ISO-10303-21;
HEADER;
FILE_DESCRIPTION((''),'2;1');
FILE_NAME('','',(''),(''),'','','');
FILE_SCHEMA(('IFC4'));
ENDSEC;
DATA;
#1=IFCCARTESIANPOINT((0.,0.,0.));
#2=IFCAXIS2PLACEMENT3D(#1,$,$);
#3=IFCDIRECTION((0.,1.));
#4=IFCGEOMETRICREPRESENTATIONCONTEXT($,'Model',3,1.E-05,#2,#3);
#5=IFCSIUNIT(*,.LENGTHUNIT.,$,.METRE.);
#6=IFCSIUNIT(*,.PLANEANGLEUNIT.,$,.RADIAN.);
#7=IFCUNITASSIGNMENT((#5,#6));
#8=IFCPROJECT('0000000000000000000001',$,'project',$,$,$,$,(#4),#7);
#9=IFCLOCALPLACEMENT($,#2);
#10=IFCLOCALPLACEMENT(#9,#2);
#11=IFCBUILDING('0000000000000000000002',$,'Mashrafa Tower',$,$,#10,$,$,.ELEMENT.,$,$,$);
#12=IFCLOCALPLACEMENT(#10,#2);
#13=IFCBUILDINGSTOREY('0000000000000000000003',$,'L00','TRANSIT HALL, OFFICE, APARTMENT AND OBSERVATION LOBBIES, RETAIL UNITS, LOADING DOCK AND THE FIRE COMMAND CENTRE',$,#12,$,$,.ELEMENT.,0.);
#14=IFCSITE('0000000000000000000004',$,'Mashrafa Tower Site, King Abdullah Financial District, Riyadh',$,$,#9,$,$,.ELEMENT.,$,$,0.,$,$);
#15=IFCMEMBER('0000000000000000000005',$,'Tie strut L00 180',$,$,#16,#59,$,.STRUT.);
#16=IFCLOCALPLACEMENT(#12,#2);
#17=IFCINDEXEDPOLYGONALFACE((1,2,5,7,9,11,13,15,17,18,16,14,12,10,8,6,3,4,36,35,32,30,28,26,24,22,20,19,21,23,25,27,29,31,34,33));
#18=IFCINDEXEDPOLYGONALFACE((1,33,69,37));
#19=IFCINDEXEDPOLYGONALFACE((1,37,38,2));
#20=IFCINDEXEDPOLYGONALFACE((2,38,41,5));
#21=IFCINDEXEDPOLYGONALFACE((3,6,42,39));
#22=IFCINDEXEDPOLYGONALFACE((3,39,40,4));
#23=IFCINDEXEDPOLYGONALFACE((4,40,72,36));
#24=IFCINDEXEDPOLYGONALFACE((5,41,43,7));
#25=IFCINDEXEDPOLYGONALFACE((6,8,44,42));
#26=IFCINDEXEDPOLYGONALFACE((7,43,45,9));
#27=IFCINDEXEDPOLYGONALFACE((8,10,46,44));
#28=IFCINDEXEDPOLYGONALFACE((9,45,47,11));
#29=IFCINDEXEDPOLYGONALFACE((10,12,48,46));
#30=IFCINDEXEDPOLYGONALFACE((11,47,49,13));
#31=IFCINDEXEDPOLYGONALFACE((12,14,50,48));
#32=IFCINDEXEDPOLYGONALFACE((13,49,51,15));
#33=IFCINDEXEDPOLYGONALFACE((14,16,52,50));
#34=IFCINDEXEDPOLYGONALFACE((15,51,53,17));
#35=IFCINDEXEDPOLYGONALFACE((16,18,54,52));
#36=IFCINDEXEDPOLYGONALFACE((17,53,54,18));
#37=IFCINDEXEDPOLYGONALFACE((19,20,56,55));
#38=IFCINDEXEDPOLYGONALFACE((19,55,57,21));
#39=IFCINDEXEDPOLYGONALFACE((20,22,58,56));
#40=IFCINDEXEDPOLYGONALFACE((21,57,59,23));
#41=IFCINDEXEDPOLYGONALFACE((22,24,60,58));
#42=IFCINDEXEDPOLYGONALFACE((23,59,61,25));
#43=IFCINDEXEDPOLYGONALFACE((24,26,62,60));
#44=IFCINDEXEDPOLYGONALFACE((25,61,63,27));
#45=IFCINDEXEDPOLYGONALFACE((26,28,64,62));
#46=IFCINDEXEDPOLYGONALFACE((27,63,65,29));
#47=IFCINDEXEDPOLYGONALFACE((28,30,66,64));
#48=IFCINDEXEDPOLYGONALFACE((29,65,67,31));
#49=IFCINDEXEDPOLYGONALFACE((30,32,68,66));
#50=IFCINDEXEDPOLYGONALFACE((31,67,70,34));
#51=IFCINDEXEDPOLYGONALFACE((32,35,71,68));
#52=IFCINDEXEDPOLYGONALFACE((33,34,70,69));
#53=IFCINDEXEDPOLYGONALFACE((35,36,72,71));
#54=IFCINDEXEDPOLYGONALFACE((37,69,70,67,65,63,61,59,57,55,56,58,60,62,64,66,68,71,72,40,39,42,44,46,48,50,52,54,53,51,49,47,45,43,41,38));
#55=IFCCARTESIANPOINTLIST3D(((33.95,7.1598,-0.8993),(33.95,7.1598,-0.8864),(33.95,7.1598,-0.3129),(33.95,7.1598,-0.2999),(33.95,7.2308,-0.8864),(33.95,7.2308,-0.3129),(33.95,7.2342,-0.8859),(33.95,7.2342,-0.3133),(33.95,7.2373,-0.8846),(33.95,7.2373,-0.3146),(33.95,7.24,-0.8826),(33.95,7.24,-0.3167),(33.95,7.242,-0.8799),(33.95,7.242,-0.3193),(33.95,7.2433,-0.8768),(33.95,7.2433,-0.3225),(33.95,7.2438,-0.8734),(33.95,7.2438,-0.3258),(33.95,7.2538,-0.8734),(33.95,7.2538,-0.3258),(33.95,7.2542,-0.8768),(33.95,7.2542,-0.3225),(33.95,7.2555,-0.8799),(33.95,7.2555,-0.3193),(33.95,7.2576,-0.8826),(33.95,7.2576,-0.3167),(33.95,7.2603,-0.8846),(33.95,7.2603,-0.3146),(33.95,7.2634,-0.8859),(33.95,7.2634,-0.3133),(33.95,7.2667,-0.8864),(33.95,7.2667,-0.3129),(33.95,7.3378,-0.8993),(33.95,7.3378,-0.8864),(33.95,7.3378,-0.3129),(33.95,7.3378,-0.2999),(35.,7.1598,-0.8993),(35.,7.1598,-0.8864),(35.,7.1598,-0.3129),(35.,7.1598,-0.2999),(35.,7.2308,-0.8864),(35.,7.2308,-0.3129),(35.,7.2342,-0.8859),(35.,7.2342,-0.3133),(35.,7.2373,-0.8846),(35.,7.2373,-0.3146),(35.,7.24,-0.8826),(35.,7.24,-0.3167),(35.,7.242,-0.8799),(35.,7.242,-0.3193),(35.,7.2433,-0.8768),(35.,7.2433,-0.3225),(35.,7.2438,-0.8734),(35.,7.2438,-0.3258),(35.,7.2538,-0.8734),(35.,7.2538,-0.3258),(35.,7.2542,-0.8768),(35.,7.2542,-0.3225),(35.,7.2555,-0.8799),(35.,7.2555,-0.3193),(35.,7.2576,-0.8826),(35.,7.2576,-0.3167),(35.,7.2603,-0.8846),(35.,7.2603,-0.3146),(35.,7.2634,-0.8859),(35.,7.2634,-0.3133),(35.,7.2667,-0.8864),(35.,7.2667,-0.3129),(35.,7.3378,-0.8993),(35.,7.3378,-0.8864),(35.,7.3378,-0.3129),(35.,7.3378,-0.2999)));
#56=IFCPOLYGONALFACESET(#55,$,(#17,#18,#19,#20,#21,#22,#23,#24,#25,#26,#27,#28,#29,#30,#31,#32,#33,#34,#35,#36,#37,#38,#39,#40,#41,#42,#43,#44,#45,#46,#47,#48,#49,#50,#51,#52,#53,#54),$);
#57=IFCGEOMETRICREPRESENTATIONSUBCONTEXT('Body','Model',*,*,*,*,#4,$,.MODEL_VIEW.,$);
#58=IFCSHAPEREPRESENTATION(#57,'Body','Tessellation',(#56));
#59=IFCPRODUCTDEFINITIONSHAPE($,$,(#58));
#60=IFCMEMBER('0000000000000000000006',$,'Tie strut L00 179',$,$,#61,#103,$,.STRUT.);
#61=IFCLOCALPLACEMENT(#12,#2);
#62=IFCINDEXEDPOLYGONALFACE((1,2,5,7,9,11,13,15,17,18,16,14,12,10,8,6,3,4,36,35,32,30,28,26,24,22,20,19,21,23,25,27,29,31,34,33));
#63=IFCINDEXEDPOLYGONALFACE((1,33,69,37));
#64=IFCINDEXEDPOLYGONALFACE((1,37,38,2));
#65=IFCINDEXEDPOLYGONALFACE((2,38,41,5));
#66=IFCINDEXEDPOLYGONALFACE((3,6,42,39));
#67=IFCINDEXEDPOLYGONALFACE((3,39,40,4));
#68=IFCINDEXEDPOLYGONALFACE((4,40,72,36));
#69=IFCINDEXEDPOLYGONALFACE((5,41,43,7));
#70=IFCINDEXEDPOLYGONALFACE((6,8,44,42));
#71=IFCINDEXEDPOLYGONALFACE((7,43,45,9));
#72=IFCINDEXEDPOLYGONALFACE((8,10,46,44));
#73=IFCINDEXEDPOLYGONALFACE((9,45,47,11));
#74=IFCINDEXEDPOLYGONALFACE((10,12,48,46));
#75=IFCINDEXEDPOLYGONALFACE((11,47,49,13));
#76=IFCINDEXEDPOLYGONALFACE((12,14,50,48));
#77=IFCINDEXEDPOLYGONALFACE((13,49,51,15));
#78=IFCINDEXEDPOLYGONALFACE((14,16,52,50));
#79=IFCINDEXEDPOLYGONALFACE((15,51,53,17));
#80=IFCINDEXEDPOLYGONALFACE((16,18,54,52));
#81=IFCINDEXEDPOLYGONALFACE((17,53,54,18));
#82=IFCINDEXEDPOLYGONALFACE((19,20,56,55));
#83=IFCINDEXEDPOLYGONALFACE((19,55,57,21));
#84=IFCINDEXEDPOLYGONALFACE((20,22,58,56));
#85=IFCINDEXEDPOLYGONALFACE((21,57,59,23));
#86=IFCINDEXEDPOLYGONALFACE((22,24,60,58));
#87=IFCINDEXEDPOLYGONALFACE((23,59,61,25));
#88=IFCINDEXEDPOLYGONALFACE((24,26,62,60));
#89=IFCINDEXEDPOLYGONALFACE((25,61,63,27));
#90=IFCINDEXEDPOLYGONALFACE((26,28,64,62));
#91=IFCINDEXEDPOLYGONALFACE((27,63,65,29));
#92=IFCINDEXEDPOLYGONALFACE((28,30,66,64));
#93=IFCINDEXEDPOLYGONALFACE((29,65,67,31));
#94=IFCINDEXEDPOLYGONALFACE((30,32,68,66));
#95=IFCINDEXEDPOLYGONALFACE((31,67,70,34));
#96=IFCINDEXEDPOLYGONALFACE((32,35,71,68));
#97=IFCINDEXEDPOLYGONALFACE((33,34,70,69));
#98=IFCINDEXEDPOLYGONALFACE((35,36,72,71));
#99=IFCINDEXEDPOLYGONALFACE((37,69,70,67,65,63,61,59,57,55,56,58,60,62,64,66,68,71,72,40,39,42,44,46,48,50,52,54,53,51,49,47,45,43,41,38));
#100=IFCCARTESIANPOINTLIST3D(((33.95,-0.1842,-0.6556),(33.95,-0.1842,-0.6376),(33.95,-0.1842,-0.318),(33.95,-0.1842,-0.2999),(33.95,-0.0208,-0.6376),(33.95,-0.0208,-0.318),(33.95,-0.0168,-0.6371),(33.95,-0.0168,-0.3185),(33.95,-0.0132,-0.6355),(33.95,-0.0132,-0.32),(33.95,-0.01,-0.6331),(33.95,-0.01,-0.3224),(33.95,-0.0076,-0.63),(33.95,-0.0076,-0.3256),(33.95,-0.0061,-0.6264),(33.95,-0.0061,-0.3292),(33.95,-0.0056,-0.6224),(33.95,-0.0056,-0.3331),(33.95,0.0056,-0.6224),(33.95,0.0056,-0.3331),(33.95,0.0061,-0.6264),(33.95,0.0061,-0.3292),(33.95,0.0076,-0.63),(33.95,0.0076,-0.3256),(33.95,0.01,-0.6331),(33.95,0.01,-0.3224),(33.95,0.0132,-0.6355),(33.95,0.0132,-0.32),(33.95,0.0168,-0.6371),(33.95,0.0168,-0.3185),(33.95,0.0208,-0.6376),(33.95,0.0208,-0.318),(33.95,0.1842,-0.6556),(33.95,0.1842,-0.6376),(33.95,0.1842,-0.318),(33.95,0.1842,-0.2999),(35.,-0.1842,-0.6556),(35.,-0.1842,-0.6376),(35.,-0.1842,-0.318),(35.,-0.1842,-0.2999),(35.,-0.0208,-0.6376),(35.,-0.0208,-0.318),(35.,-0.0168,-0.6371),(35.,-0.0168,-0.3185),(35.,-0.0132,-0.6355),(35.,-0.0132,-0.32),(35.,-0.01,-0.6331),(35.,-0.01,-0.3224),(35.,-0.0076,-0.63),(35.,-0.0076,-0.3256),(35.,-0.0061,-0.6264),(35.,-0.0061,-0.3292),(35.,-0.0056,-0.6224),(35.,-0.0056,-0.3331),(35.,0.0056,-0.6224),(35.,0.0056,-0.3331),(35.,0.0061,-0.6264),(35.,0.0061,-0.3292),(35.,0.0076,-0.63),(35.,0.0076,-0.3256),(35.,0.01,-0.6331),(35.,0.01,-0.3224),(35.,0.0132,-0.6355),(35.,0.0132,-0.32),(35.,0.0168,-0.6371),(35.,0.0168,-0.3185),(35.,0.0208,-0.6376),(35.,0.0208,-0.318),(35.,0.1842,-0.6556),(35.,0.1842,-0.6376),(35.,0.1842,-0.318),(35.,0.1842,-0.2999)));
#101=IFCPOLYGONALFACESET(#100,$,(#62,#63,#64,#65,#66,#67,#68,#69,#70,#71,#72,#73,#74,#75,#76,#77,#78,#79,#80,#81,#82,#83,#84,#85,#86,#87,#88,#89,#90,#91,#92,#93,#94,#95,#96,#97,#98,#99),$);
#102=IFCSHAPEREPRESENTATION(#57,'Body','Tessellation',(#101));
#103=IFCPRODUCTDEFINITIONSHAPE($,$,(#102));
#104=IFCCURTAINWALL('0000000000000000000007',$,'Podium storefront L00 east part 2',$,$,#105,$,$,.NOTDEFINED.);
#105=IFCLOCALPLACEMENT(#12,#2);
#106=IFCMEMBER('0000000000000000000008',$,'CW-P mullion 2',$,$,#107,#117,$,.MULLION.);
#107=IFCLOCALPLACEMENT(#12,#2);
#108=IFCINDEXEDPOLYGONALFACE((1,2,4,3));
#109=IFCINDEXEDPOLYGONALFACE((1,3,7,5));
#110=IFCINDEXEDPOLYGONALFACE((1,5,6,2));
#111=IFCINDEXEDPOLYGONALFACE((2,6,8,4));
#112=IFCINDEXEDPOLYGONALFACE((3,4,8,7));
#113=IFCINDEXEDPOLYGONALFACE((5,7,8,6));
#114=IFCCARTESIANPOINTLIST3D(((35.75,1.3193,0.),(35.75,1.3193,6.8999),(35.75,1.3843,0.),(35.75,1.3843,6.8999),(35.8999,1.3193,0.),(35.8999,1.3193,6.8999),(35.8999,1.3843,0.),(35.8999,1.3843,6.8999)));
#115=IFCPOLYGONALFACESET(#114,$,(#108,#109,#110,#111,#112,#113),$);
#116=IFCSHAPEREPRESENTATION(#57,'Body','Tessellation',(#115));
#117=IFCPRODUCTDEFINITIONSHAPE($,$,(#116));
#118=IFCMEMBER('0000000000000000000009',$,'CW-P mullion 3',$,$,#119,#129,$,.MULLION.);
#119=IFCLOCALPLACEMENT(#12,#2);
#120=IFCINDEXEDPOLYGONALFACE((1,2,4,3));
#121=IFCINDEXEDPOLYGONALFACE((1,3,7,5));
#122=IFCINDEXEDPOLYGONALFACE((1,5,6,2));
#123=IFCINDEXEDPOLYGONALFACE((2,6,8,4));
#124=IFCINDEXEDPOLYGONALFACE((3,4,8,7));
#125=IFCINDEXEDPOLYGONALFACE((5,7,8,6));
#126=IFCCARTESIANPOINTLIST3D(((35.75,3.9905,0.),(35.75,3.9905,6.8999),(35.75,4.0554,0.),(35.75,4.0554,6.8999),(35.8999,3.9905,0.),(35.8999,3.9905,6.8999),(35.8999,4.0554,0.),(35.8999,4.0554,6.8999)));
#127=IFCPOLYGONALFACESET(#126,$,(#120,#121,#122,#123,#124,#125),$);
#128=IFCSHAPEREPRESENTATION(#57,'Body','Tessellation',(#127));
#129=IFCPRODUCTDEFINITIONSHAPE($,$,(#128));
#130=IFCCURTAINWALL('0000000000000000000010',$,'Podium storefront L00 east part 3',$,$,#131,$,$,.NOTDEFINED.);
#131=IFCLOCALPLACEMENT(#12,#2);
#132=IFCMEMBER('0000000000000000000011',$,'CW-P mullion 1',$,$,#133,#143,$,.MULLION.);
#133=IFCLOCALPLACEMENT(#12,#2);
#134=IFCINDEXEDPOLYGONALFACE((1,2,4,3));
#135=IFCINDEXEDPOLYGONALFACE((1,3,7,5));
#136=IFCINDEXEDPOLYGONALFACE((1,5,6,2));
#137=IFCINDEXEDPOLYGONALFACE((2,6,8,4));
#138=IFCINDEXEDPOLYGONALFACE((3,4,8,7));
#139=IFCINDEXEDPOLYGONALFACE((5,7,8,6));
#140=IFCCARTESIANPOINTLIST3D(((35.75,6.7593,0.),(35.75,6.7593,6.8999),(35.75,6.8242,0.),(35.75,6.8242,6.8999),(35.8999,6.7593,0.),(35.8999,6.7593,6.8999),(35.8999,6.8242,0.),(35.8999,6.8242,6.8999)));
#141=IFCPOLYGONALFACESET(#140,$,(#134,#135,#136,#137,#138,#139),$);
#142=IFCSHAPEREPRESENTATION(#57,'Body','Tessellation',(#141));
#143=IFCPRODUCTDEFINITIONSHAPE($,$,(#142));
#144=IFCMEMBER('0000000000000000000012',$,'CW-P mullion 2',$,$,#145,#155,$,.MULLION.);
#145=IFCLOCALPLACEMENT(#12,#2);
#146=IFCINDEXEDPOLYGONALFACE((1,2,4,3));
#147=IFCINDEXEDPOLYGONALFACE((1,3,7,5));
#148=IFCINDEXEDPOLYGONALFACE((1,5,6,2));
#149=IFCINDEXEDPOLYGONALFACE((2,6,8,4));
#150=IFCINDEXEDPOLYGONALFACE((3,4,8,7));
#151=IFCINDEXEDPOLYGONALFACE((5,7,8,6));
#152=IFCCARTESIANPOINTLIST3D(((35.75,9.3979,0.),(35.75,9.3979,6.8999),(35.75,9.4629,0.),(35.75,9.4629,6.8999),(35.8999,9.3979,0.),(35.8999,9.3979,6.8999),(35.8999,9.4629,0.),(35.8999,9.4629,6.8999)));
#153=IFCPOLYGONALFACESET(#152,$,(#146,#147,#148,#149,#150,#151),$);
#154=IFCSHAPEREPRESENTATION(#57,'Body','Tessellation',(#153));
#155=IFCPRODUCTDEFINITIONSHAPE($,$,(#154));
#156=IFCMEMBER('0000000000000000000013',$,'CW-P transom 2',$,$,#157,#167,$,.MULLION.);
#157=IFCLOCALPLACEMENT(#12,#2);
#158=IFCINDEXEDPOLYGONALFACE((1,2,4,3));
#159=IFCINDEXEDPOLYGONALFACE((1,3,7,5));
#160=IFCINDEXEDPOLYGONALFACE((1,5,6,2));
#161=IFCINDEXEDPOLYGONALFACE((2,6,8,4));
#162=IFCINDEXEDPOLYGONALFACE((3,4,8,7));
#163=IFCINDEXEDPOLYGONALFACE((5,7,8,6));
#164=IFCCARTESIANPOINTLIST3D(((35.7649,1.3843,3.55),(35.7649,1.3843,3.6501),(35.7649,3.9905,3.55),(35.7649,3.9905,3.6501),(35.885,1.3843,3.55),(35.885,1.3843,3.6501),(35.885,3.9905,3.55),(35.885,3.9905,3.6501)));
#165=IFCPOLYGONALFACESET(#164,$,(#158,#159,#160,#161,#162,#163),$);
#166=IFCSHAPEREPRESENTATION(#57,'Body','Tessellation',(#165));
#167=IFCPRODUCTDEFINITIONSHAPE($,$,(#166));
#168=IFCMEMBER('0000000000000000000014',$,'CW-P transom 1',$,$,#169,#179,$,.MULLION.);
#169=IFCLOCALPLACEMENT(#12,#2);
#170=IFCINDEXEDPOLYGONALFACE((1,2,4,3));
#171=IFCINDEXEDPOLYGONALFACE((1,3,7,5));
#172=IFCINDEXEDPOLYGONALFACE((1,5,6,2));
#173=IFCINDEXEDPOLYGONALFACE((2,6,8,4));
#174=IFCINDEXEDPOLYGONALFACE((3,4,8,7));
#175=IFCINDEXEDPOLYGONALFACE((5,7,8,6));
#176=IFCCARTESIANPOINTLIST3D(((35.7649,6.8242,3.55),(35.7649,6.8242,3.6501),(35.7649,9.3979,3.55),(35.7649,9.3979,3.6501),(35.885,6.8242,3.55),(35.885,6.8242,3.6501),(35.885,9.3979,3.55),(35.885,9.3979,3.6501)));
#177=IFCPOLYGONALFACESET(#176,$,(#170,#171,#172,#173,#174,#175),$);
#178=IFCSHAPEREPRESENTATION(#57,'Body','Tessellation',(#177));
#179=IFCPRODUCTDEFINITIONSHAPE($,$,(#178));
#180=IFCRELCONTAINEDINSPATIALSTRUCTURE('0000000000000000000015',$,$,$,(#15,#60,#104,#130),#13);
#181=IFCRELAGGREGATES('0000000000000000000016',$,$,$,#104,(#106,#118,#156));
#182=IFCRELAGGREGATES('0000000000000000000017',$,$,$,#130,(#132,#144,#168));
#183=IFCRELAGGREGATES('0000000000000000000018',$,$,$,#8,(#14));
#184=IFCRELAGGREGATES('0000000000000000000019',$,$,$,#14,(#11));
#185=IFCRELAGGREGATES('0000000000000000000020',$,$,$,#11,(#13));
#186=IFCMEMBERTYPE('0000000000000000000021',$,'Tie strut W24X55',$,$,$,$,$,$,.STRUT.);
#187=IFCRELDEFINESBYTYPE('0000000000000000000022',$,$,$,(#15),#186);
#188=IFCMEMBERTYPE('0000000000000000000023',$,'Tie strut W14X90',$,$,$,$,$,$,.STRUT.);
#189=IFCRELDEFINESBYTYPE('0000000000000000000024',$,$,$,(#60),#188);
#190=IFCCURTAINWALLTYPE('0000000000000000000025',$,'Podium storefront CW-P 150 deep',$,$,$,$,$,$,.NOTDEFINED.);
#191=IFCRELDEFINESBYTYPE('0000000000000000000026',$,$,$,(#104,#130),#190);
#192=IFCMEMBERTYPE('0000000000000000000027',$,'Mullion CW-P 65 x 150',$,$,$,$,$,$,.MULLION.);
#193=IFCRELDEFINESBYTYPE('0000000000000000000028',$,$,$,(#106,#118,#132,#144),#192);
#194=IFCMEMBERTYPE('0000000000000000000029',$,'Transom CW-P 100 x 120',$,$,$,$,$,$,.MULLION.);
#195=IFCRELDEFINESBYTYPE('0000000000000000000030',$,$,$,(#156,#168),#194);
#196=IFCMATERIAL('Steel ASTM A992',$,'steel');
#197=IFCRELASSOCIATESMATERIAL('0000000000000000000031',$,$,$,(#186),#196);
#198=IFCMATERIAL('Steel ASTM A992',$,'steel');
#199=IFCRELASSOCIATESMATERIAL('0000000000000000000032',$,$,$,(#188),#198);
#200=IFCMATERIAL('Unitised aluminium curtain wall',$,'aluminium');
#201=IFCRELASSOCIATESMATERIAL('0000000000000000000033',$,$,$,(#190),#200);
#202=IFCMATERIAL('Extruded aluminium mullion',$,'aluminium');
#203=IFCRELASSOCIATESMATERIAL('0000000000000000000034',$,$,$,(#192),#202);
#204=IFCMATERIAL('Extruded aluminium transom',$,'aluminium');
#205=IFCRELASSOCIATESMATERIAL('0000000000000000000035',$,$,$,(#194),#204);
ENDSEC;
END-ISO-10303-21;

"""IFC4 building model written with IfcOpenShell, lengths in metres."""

from ifc_helpers import new_model, si_unit, direction, frame, origin, origin_2d, place, context, subcontext, project, spatial, rectangle, i_section, extrude, source, transform, mapped, material, material_profile, profile_set, type_object, type_shapes, element, aggregate, save


model = new_model("IFC4")

# Units and contexts
model_context = context("Model", 3, precision=1e-05, world=origin(), true_north=direction((0.0, 1.0)))
body_context = subcontext(model_context, "Body", "Model", "MODEL_VIEW")
ifc_project = project(units=[si_unit("LENGTHUNIT", "METRE"), si_unit("PLANEANGLEUNIT", "RADIAN")], contexts=[model_context])

# Site, building, storey
site_placement = place(None, origin())
site = spatial("IfcSite", under=ifc_project, at=site_placement, Name="Mashrafa Tower Site, King Abdullah Financial District, Riyadh", CompositionType="ELEMENT", RefElevation=0.0)
building_placement = place(site_placement, origin())
building = spatial("IfcBuilding", under=site, at=building_placement, Name="Mashrafa Tower", CompositionType="ELEMENT")
storey_placement = place(building_placement, origin())
storey = spatial("IfcBuildingStorey", under=building, at=storey_placement, Name="L00", Description="TRANSIT HALL, OFFICE, APARTMENT AND OBSERVATION LOBBIES, RETAIL UNITS, LOADING DOCK AND THE FIRE COMMAND CENTRE", CompositionType="ELEMENT", Elevation=0.0)

# Members
ifc_material_1 = material(Name="Steel ASTM A992", Category="steel")
ifc_material_profile_1 = material_profile(ifc_material_1, i_section(OverallWidth=0.178, OverallDepth=0.5994, WebThickness=0.01, FlangeThickness=0.0129, FilletRadius=0.0129, at=origin_2d()), Name="W24X55")
ifc_profile_set_1 = profile_set([ifc_material_profile_1], Name="Steel ASTM A992")
member_type_1 = type_object("IfcMemberType", Name="Tie strut W24X55", PredefinedType="STRUT", material=ifc_profile_set_1)
shared_shape_1 = source(origin(), body_context, "Body", "SweptSolid", [
    extrude(i_section(OverallWidth=0.178, OverallDepth=0.5994, WebThickness=0.01, FlangeThickness=0.0129, FilletRadius=0.0129, at=origin_2d()), origin(), (0.0, 0.0, 1.0), 1.05),
])
type_shapes(member_type_1, [shared_shape_1])
member_1_placement = place(storey_placement, frame((33.95, 7.2488, -0.5996), z_axis=(1.0, 0.0, 0.0), x_axis=(0.0, 1.0, 0.0)))
element("IfcMember", 1, at=member_1_placement, inside=storey, type_object=member_type_1, Name="Tie strut L00 180", PredefinedType="STRUT", context=body_context, shape_type="MappedRepresentation", body=[
    mapped(shared_shape_1, transform((0.0, 0.0, 0.0))),
])
ifc_material_2 = material(Name="Steel ASTM A992", Category="steel")
ifc_material_profile_2 = material_profile(ifc_material_2, i_section(OverallWidth=0.3684, OverallDepth=0.3557, WebThickness=0.0112, FlangeThickness=0.0181, FilletRadius=0.0151, at=origin_2d()), Name="W14X90")
ifc_profile_set_2 = profile_set([ifc_material_profile_2], Name="Steel ASTM A992")
member_type_2 = type_object("IfcMemberType", Name="Tie strut W14X90", PredefinedType="STRUT", material=ifc_profile_set_2)
shared_shape_2 = source(origin(), body_context, "Body", "SweptSolid", [
    extrude(i_section(OverallWidth=0.3684, OverallDepth=0.3557, WebThickness=0.0112, FlangeThickness=0.0181, FilletRadius=0.0151, at=origin_2d()), origin(), (0.0, 0.0, 1.0), 1.05),
])
type_shapes(member_type_2, [shared_shape_2])
member_2_placement = place(storey_placement, frame((33.95, 0.0, -0.4778), z_axis=(1.0, 0.0, 0.0), x_axis=(0.0, 1.0, 0.0)))
element("IfcMember", 2, at=member_2_placement, inside=storey, type_object=member_type_2, Name="Tie strut L00 179", PredefinedType="STRUT", context=body_context, shape_type="MappedRepresentation", body=[
    mapped(shared_shape_2, transform((0.0, 0.0, 0.0))),
])

# Curtain walls, members
ifc_material_3 = material(Name="Unitised aluminium curtain wall", Category="aluminium")
curtain_wall_type = type_object("IfcCurtainWallType", Name="Podium storefront CW-P 150 deep", PredefinedType="NOTDEFINED", material=ifc_material_3)
curtain_wall_1_placement = place(storey_placement, origin())
curtain_wall_1 = element("IfcCurtainWall", 3, at=curtain_wall_1_placement, inside=storey, type_object=curtain_wall_type, Name="Podium storefront L00 east part 2", PredefinedType="NOTDEFINED")
ifc_material_4 = material(Name="Extruded aluminium mullion", Category="aluminium")
ifc_material_profile_3 = material_profile(ifc_material_4, rectangle(XDim=0.1499, YDim=0.0649, at=origin_2d()), Name="Mullion 65x150")
ifc_profile_set_3 = profile_set([ifc_material_profile_3], Name="Extruded aluminium mullion")
member_type_3 = type_object("IfcMemberType", Name="Mullion CW-P 65 x 150", PredefinedType="MULLION", material=ifc_profile_set_3)
shared_shape_3 = source(origin(), body_context, "Body", "SweptSolid", [
    extrude(rectangle(XDim=0.1499, YDim=0.0649, at=origin_2d()), origin(), (0.0, 0.0, 1.0), 6.8999),
])
type_shapes(member_type_3, [shared_shape_3])
member_3_placement = place(storey_placement, frame((35.825, 1.3518, 0.0), z_axis=(0.0, 0.0, 1.0), x_axis=(-1.0, 0.0, 0.0)))
member_3 = element("IfcMember", 4, at=member_3_placement, type_object=member_type_3, Name="CW-P mullion 2", PredefinedType="MULLION", context=body_context, shape_type="MappedRepresentation", body=[
    mapped(shared_shape_3, transform((0.0, 0.0, 0.0))),
])
member_4_placement = place(storey_placement, frame((35.825, 4.0229, 0.0), z_axis=(0.0, 0.0, 1.0), x_axis=(-1.0, 0.0, 0.0)))
member_4 = element("IfcMember", 5, at=member_4_placement, type_object=member_type_3, Name="CW-P mullion 3", PredefinedType="MULLION", context=body_context, shape_type="MappedRepresentation", body=[
    mapped(shared_shape_3, transform((0.0, 0.0, 0.0))),
])
curtain_wall_2_placement = place(storey_placement, origin())
curtain_wall_2 = element("IfcCurtainWall", 6, at=curtain_wall_2_placement, inside=storey, type_object=curtain_wall_type, Name="Podium storefront L00 east part 3", PredefinedType="NOTDEFINED")
member_5_placement = place(storey_placement, frame((35.825, 6.7917, 0.0), z_axis=(0.0, 0.0, 1.0), x_axis=(-1.0, 0.0, 0.0)))
member_5 = element("IfcMember", 7, at=member_5_placement, type_object=member_type_3, Name="CW-P mullion 1", PredefinedType="MULLION", context=body_context, shape_type="MappedRepresentation", body=[
    mapped(shared_shape_3, transform((0.0, 0.0, 0.0))),
])
member_6_placement = place(storey_placement, frame((35.825, 9.4304, 0.0), z_axis=(0.0, 0.0, 1.0), x_axis=(-1.0, 0.0, 0.0)))
member_6 = element("IfcMember", 8, at=member_6_placement, type_object=member_type_3, Name="CW-P mullion 2", PredefinedType="MULLION", context=body_context, shape_type="MappedRepresentation", body=[
    mapped(shared_shape_3, transform((0.0, 0.0, 0.0))),
])

# Members
ifc_material_5 = material(Name="Extruded aluminium transom", Category="aluminium")
ifc_material_profile_4 = material_profile(ifc_material_5, rectangle(XDim=0.1201, YDim=0.1001, at=origin_2d()), Name="Transom 100x120")
ifc_profile_set_4 = profile_set([ifc_material_profile_4], Name="Extruded aluminium transom")
member_type_4 = type_object("IfcMemberType", Name="Transom CW-P 100 x 120", PredefinedType="MULLION", material=ifc_profile_set_4)
shared_shape_4 = source(origin(), body_context, "Body", "SweptSolid", [
    extrude(rectangle(XDim=0.1201, YDim=0.1001, at=origin_2d()), origin(), (0.0, 0.0, 1.0), 2.6062),
])
member_7_placement = place(storey_placement, frame((35.825, 1.3843, 3.6001), z_axis=(0.0, 1.0, 0.0), x_axis=(-1.0, 0.0, 0.0)))
member_7 = element("IfcMember", 9, at=member_7_placement, type_object=member_type_4, Name="CW-P transom 2", PredefinedType="MULLION", context=body_context, shape_type="MappedRepresentation", body=[
    mapped(shared_shape_4, transform((0.0, 0.0, 0.0))),
])
shared_shape_5 = source(origin(), body_context, "Body", "SweptSolid", [
    extrude(rectangle(XDim=0.1201, YDim=0.1001, at=origin_2d()), origin(), (0.0, 0.0, 1.0), 2.5737),
])
type_shapes(member_type_4, [shared_shape_4, shared_shape_5])
member_8_placement = place(storey_placement, frame((35.825, 6.8242, 3.6001), z_axis=(0.0, 1.0, 0.0), x_axis=(-1.0, 0.0, 0.0)))
member_8 = element("IfcMember", 10, at=member_8_placement, type_object=member_type_4, Name="CW-P transom 1", PredefinedType="MULLION", context=body_context, shape_type="MappedRepresentation", body=[
    mapped(shared_shape_5, transform((0.0, 0.0, 0.0))),
])

aggregate(curtain_wall_1, [member_3, member_4, member_7])
aggregate(curtain_wall_2, [member_5, member_6, member_8])

save(model, "model.ifc")
